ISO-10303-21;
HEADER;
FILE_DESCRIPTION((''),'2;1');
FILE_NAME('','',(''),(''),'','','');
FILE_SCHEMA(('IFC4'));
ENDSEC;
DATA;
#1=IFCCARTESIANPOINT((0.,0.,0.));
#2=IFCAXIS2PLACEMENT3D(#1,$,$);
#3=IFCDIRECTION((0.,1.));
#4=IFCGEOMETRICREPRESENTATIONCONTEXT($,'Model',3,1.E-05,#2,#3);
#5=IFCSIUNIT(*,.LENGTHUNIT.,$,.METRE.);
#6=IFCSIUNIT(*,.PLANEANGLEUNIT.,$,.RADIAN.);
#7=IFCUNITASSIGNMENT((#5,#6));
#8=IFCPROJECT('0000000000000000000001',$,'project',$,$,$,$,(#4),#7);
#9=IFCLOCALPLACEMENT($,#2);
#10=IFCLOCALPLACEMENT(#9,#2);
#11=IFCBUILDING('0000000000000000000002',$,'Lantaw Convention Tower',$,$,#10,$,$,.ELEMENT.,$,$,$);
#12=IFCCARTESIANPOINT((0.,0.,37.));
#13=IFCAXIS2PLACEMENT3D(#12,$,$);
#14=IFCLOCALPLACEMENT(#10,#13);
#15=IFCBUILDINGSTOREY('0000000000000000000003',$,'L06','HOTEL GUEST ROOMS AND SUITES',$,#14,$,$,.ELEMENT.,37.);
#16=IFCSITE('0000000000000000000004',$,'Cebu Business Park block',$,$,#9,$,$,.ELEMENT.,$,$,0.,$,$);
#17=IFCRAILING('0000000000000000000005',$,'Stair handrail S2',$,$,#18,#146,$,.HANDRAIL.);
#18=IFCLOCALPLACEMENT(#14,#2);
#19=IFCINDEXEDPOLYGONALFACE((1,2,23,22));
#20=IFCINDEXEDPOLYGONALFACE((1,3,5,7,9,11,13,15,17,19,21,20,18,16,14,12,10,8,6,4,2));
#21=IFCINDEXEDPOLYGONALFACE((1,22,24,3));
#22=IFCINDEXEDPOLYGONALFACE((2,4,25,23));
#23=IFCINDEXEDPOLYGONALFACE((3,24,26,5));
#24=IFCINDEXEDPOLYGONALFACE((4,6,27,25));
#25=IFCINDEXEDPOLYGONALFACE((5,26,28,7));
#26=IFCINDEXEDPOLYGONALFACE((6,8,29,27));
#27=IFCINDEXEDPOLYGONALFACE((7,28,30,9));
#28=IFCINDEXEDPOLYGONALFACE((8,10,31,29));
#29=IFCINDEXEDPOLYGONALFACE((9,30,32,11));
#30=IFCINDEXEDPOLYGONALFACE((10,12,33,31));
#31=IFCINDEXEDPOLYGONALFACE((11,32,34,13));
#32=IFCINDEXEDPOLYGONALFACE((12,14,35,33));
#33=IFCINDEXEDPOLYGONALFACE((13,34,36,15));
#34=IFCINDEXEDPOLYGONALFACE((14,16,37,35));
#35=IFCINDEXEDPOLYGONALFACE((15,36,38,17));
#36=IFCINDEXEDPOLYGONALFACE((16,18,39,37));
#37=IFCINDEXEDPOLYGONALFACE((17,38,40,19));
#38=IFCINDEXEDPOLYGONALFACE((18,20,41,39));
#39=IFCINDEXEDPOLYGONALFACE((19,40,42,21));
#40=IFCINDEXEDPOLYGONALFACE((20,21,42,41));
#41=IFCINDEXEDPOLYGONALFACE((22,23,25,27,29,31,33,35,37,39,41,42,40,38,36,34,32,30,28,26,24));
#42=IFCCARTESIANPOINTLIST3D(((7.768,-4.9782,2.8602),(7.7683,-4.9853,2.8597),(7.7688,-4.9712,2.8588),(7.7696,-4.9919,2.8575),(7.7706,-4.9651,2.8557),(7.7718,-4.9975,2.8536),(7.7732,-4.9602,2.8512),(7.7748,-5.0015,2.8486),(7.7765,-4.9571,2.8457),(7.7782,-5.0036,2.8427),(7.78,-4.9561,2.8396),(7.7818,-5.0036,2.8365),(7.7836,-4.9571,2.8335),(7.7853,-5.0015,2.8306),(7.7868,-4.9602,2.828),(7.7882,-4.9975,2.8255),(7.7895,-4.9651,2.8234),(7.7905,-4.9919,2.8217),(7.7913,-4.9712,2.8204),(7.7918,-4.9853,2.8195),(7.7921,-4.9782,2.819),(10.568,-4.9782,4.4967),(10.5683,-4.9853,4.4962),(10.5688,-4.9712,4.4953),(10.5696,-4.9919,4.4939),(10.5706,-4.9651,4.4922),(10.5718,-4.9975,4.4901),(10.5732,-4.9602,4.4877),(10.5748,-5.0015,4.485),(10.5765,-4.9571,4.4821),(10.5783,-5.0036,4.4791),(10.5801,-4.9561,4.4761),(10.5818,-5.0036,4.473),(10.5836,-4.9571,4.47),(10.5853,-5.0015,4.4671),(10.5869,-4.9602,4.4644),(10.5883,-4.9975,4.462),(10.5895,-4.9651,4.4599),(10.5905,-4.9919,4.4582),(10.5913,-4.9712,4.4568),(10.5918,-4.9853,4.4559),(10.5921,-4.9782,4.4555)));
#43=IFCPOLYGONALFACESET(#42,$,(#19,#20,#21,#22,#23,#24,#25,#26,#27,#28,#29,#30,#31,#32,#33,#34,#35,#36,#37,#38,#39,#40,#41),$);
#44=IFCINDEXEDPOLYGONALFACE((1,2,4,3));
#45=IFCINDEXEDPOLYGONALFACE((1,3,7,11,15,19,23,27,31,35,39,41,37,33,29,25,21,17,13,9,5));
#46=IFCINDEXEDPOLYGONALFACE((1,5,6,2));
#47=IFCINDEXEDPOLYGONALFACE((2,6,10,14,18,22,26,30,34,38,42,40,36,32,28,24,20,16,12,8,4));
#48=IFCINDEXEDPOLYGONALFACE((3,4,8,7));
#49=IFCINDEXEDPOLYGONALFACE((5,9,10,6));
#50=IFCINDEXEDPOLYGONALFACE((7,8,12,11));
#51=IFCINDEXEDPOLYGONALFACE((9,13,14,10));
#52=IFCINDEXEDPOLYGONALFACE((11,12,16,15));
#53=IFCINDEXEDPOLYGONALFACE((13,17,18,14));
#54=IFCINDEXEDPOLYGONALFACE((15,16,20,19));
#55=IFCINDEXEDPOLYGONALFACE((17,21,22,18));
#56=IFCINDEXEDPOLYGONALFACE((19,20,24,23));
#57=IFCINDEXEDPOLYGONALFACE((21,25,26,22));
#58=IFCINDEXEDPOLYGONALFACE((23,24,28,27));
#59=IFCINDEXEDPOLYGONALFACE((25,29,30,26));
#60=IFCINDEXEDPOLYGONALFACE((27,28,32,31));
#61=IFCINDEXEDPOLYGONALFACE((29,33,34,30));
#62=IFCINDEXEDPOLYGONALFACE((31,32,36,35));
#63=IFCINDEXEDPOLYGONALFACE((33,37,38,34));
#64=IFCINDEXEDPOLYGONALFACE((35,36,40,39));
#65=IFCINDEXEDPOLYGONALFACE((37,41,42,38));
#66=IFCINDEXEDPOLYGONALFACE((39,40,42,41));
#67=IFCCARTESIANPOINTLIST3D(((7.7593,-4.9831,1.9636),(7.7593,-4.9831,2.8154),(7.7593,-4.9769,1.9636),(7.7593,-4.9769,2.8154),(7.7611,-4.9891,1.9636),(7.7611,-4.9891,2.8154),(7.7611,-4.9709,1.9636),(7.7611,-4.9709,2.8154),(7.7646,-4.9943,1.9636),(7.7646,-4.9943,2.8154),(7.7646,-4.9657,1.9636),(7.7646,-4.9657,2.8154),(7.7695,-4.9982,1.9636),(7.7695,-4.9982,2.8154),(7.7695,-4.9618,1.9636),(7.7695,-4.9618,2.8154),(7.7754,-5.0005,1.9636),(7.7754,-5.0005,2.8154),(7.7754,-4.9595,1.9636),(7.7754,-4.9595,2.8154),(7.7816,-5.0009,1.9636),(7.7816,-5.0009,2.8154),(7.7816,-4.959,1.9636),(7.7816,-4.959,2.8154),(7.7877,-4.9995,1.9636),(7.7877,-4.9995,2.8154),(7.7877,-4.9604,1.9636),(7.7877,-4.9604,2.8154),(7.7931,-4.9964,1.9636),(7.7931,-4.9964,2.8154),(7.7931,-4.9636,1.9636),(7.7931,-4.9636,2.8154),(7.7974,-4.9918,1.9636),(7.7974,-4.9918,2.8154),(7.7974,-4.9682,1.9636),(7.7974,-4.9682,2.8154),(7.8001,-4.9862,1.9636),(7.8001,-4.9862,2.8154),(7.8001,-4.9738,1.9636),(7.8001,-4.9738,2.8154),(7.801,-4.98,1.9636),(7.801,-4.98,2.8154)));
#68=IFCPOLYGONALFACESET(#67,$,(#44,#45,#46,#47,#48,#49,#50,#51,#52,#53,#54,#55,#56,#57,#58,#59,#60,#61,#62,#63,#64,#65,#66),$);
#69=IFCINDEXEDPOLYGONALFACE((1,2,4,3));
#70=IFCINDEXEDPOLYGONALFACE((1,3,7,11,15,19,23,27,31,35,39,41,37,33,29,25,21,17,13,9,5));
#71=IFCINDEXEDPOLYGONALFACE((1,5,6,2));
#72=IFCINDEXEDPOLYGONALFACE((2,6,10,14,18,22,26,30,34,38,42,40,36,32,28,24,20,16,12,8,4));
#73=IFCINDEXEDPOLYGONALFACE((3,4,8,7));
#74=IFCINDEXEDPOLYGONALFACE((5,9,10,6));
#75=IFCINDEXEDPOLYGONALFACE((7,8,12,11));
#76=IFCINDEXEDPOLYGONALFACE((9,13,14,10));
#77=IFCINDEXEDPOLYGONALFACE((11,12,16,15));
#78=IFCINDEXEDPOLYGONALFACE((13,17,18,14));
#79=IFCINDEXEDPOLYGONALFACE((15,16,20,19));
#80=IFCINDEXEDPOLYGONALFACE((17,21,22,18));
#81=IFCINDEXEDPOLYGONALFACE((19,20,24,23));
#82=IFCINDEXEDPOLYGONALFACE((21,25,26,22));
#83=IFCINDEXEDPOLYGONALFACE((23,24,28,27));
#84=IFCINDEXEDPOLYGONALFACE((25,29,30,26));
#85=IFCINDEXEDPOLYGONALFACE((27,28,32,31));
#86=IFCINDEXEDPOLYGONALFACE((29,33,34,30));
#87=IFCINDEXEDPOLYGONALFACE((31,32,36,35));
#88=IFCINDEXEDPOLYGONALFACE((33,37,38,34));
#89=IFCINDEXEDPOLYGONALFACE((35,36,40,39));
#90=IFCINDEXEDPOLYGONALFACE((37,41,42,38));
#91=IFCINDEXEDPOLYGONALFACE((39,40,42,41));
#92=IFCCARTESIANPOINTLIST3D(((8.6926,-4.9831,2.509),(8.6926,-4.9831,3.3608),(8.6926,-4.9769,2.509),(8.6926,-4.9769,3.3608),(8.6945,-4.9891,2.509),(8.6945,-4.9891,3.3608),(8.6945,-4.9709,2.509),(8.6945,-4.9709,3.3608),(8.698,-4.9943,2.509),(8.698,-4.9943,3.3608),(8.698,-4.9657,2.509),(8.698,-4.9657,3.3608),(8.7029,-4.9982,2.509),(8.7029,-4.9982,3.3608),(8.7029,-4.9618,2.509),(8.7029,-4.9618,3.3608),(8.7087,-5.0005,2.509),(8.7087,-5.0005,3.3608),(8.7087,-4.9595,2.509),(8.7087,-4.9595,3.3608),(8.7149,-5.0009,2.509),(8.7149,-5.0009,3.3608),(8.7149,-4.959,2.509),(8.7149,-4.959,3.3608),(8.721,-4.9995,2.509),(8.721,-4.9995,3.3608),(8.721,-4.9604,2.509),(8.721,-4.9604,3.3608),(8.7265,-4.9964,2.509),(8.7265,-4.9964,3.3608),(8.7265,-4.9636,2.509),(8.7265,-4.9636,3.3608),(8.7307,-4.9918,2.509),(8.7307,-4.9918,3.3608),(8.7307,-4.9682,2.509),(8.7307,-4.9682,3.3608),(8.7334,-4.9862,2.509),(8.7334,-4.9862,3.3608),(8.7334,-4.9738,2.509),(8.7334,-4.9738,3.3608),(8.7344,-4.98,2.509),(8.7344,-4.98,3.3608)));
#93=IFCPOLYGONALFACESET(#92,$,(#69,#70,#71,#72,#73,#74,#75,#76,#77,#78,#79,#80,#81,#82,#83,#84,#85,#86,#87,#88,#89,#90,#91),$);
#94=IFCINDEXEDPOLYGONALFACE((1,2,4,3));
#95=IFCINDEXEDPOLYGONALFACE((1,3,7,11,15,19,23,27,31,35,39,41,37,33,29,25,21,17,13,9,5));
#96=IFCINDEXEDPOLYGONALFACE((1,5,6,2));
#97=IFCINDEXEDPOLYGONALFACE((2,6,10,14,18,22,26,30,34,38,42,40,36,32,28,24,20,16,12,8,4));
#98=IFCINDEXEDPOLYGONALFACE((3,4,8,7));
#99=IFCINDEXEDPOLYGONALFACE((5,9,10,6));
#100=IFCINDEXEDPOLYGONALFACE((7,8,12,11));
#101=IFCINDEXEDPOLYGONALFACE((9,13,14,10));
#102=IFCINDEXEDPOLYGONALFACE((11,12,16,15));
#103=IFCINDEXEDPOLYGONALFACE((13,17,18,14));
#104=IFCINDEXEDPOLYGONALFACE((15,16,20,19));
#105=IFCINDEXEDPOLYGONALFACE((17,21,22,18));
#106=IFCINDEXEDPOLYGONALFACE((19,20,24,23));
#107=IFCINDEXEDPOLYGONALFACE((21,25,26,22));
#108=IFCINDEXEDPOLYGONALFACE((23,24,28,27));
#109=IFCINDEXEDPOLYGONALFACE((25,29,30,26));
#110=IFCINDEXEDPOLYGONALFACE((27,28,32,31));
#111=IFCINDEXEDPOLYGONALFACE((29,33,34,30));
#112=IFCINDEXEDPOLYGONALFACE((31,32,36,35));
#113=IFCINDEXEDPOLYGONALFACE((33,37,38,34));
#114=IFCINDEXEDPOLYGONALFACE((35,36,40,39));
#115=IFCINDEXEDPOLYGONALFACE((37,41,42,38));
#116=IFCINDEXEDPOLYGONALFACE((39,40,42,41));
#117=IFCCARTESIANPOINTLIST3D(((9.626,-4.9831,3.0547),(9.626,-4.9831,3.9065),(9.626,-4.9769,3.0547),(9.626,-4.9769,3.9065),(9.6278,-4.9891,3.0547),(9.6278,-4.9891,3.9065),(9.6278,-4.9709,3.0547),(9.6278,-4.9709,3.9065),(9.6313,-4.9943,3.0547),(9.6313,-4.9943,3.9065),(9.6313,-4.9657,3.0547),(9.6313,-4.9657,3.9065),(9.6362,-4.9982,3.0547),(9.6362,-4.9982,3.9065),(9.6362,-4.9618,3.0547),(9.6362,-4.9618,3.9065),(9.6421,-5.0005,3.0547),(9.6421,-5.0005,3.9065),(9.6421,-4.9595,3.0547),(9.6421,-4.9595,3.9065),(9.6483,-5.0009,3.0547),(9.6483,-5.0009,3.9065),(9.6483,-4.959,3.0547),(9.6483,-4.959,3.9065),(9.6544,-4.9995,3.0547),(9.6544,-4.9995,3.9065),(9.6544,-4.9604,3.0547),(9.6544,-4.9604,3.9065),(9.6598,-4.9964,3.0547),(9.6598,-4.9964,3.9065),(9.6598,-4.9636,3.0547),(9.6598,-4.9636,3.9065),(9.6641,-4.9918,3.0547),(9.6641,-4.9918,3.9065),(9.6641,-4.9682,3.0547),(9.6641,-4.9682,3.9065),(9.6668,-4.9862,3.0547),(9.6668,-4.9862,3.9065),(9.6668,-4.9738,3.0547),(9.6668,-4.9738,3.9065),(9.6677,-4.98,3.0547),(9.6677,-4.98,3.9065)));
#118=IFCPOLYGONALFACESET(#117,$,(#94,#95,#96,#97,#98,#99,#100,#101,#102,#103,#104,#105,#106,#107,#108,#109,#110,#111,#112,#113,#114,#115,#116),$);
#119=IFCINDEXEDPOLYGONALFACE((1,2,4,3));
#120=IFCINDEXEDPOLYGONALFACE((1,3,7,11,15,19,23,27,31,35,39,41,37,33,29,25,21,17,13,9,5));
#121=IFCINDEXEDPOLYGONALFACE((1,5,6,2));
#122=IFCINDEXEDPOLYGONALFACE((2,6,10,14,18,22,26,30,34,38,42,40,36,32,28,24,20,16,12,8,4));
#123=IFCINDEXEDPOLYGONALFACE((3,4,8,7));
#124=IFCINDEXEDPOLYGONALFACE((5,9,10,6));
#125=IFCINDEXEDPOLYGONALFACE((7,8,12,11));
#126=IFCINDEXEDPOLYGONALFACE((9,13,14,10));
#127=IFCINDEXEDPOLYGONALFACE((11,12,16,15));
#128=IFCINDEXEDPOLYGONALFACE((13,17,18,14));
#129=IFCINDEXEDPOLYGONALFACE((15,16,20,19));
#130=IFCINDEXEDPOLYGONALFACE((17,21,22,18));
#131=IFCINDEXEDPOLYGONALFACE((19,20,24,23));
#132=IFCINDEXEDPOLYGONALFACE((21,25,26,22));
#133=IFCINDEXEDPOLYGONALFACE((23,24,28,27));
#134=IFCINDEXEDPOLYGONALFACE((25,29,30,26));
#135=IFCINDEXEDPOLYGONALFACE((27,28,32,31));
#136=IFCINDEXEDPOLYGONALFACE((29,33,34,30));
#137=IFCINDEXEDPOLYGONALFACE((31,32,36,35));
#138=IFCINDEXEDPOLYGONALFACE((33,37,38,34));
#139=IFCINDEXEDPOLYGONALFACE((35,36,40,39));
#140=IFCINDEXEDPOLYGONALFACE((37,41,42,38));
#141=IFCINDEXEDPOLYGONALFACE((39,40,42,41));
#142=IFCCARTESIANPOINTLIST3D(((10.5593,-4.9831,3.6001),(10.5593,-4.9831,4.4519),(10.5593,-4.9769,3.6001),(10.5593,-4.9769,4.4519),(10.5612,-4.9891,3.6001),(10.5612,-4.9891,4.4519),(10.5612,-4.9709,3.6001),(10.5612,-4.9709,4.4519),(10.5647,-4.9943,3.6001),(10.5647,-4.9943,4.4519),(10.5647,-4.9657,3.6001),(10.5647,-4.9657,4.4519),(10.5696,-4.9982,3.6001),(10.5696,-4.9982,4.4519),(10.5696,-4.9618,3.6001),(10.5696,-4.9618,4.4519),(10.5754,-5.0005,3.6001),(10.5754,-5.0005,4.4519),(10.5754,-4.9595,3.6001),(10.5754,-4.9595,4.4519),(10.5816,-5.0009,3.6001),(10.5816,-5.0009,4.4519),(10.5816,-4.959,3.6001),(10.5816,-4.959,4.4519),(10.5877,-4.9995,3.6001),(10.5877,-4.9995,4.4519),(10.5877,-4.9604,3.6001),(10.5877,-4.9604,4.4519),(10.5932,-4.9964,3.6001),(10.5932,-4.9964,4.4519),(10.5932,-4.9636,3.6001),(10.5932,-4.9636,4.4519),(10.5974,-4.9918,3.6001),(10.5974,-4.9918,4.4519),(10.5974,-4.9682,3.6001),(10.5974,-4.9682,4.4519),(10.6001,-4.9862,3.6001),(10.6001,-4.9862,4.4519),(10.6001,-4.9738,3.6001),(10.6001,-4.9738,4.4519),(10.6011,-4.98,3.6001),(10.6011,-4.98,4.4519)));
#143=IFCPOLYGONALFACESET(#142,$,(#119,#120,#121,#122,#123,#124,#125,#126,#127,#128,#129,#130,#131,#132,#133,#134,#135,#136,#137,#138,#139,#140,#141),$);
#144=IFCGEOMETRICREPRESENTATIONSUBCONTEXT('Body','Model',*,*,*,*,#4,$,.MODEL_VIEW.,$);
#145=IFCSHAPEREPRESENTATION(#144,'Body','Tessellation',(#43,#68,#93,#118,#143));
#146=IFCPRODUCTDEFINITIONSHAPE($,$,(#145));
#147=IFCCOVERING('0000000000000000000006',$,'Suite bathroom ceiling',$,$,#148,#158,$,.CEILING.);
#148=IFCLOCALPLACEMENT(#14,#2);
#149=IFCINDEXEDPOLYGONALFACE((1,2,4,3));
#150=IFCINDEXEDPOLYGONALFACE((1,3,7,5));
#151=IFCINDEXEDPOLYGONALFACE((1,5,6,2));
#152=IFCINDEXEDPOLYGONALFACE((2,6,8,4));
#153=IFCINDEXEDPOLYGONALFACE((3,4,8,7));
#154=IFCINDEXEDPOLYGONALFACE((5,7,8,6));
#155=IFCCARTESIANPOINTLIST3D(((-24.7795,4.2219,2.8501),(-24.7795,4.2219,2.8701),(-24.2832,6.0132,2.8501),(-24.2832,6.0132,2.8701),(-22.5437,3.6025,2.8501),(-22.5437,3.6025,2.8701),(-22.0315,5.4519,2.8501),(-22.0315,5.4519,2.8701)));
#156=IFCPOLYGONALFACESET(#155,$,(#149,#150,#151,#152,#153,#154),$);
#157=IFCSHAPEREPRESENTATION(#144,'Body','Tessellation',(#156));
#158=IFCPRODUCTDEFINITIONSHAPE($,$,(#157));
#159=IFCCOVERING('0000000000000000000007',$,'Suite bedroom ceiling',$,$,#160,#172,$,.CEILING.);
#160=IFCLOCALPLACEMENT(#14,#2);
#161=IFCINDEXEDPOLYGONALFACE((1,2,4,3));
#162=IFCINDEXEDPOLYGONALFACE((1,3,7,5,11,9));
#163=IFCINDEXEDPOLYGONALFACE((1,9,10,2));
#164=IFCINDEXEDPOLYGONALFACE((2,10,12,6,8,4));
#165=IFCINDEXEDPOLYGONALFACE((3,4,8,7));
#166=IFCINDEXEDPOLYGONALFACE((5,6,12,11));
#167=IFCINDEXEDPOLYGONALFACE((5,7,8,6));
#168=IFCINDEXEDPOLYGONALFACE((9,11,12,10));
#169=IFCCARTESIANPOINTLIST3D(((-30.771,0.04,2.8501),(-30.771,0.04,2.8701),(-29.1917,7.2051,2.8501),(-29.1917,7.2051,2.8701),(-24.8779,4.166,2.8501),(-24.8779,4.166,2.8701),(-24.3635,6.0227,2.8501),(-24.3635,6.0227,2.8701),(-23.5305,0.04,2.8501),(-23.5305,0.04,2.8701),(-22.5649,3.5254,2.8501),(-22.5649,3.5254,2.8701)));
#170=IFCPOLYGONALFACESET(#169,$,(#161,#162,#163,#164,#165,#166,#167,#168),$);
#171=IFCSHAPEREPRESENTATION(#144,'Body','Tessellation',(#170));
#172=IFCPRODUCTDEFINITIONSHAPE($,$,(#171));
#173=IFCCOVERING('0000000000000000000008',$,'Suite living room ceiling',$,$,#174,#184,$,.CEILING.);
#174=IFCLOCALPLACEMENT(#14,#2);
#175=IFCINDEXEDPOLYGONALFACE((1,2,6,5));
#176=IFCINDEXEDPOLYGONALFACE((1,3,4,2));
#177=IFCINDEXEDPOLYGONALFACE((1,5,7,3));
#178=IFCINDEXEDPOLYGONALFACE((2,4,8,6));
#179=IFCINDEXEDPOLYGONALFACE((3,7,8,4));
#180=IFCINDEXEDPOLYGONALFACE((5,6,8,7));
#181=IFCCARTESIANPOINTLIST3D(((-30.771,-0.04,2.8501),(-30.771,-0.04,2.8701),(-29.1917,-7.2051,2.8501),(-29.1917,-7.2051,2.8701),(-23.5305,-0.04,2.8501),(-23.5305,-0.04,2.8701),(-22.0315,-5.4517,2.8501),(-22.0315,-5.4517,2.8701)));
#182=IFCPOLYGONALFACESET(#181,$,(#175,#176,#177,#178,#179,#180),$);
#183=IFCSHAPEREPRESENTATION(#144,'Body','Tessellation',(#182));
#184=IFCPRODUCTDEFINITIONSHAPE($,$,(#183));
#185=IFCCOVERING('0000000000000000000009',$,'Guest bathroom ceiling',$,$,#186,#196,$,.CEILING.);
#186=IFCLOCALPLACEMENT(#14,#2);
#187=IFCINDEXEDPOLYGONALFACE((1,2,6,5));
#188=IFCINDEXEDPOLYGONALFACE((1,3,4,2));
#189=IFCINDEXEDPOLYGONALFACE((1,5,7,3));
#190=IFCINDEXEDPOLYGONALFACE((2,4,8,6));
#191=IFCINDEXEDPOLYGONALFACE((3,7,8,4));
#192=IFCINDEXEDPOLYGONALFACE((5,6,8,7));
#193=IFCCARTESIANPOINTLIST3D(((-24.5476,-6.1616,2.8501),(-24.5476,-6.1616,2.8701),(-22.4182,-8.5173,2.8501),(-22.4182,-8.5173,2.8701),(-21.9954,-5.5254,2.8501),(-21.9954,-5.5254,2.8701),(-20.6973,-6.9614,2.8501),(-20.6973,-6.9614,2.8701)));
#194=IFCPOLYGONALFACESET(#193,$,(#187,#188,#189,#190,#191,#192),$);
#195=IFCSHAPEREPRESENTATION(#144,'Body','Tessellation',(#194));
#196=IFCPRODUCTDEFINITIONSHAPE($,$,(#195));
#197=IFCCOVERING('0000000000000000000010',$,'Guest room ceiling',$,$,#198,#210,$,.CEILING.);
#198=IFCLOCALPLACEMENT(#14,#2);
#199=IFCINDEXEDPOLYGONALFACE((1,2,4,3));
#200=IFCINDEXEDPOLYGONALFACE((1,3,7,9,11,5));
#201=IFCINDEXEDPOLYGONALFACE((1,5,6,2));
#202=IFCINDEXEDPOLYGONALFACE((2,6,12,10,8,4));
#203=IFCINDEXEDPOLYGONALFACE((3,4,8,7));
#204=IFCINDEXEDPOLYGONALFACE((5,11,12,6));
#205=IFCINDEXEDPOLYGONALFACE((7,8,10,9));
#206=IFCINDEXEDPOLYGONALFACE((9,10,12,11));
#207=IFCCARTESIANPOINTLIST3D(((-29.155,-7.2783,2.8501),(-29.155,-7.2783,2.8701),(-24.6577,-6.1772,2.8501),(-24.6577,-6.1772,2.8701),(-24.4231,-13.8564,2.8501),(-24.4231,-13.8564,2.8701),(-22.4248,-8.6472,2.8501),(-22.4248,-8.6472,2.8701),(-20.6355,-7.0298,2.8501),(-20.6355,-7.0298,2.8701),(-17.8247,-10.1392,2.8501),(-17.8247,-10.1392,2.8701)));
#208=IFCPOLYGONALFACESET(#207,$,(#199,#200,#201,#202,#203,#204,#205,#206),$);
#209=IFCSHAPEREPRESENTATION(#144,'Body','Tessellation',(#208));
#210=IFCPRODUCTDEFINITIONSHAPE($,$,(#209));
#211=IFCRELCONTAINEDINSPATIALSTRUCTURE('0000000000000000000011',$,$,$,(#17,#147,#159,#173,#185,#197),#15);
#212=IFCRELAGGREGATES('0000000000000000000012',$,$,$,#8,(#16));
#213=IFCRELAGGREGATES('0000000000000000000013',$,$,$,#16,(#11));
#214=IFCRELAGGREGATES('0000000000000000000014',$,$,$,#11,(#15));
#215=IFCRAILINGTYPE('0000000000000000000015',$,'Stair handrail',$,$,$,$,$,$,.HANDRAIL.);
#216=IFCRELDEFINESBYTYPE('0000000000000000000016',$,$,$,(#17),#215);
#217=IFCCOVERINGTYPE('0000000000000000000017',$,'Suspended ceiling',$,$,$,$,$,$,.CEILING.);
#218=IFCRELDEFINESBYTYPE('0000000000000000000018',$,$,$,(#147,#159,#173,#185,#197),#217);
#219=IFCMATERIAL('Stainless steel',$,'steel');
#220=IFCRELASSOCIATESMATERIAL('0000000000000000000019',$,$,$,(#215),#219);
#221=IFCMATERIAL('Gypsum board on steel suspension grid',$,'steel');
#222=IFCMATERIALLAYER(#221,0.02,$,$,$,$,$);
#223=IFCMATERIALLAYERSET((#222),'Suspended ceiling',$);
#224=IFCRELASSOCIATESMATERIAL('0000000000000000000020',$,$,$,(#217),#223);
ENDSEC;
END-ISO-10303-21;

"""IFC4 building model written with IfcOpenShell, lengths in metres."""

from ifc_helpers import new_model, si_unit, direction, frame, origin, origin_2d, place, context, subcontext, project, spatial, polyline, circle, outline, extrude, material, layer, layer_set, type_object, element, save


model = new_model("IFC4")

# Units and contexts
model_context = context("Model", 3, precision=1e-05, world=origin(), true_north=direction((0.0, 1.0)))
body_context = subcontext(model_context, "Body", "Model", "MODEL_VIEW")
ifc_project = project(units=[si_unit("LENGTHUNIT", "METRE"), si_unit("PLANEANGLEUNIT", "RADIAN")], contexts=[model_context])

# Site, building, storey
site_placement = place(None, origin())
site = spatial("IfcSite", under=ifc_project, at=site_placement, Name="Cebu Business Park block", CompositionType="ELEMENT", RefElevation=0.0)
building_placement = place(site_placement, origin())
building = spatial("IfcBuilding", under=site, at=building_placement, Name="Lantaw Convention Tower", CompositionType="ELEMENT")
storey_placement = place(building_placement, frame((0.0, 0.0, 37.0)))
storey = spatial("IfcBuildingStorey", under=building, at=storey_placement, Name="L06", Description="HOTEL GUEST ROOMS AND SUITES", CompositionType="ELEMENT", Elevation=37.0)

# Railing
ifc_material_1 = material(Name="Stainless steel", Category="steel")
railing_type = type_object("IfcRailingType", Name="Stair handrail", PredefinedType="HANDRAIL", material=ifc_material_1)
railing_1_placement = place(storey_placement, frame((7.78, -4.98, 1.9636)))
element("IfcRailing", 1, at=railing_1_placement, inside=storey, type_object=railing_type, Name="Stair handrail S2", PredefinedType="HANDRAIL", context=body_context, shape_type="SweptSolid", body=[
    extrude(circle(Radius=0.0239, at=origin_2d()), frame((0.0, 0.0, 0.876), z_axis=(0.863361, 0.0, 0.504587), x_axis=(0.0, 1.0, 0.0)), (0.0, 0.0, 1.0), 3.2432),
    extrude(circle(Radius=0.021, at=origin_2d()), origin(), (0.0, 0.0, 1.0), 0.8518),
    extrude(circle(Radius=0.021, at=origin_2d()), frame((0.9333, 0.0, 0.5454)), (0.0, 0.0, 1.0), 0.8518),
    extrude(circle(Radius=0.021, at=origin_2d()), frame((1.8667, 0.0, 1.0911)), (0.0, 0.0, 1.0), 0.8518),
    extrude(circle(Radius=0.021, at=origin_2d()), frame((2.8, 0.0, 1.6365)), (0.0, 0.0, 1.0), 0.8518),
])

# Coverings
ifc_material_2 = material(Name="Gypsum board on steel suspension grid", Category="steel")
ifc_layer_1 = layer(ifc_material_2, 0.02)
ifc_layer_set_1 = layer_set([ifc_layer_1], Name="Suspended ceiling")
covering_type = type_object("IfcCoveringType", Name="Suspended ceiling", PredefinedType="CEILING", material=ifc_layer_set_1)
covering_1_placement = place(storey_placement, frame((0.0, 0.0, 2.8501)))
element("IfcCovering", 2, at=covering_1_placement, inside=storey, type_object=covering_type, Name="Suite bathroom ceiling", PredefinedType="CEILING", context=body_context, shape_type="SweptSolid", body=[
    extrude(outline(polyline([(-22.0315, 5.4519), (-24.2832, 6.0132), (-24.7795, 4.2219), (-22.5437, 3.6025), (-22.0315, 5.4519)])), origin(), (0.0, 0.0, 1.0), 0.02),
])
covering_2_placement = place(storey_placement, frame((0.0, 0.0, 2.8501)))
element("IfcCovering", 3, at=covering_2_placement, inside=storey, type_object=covering_type, Name="Suite bedroom ceiling", PredefinedType="CEILING", context=body_context, shape_type="SweptSolid", body=[
    extrude(outline(polyline([(-23.5305, 0.04), (-22.5649, 3.5254), (-24.8779, 4.166), (-24.3635, 6.0227), (-29.1917, 7.2051), (-30.771, 0.04), (-23.5305, 0.04)])), origin(), (0.0, 0.0, 1.0), 0.02),
])
covering_3_placement = place(storey_placement, frame((0.0, 0.0, 2.8501)))
element("IfcCovering", 4, at=covering_3_placement, inside=storey, type_object=covering_type, Name="Suite living room ceiling", PredefinedType="CEILING", context=body_context, shape_type="SweptSolid", body=[
    extrude(outline(polyline([(-23.5305, -0.04), (-30.771, -0.04), (-29.1917, -7.2051), (-22.0315, -5.4517), (-23.5305, -0.04)])), origin(), (0.0, 0.0, 1.0), 0.02),
])
covering_4_placement = place(storey_placement, frame((0.0, 0.0, 2.8501)))
element("IfcCovering", 5, at=covering_4_placement, inside=storey, type_object=covering_type, Name="Guest bathroom ceiling", PredefinedType="CEILING", context=body_context, shape_type="SweptSolid", body=[
    extrude(outline(polyline([(-21.9954, -5.5254), (-24.5476, -6.1616), (-22.4182, -8.5173), (-20.6973, -6.9614), (-21.9954, -5.5254)])), origin(), (0.0, 0.0, 1.0), 0.02),
])
covering_5_placement = place(storey_placement, frame((0.0, 0.0, 2.8501)))
element("IfcCovering", 6, at=covering_5_placement, inside=storey, type_object=covering_type, Name="Guest room ceiling", PredefinedType="CEILING", context=body_context, shape_type="SweptSolid", body=[
    extrude(outline(polyline([(-17.8247, -10.1392), (-20.6355, -7.0298), (-22.4248, -8.6472), (-24.6577, -6.1772), (-29.155, -7.2783), (-24.4231, -13.8564), (-17.8247, -10.1392)])), origin(), (0.0, 0.0, 1.0), 0.02),
])

save(model, "model.ifc")
